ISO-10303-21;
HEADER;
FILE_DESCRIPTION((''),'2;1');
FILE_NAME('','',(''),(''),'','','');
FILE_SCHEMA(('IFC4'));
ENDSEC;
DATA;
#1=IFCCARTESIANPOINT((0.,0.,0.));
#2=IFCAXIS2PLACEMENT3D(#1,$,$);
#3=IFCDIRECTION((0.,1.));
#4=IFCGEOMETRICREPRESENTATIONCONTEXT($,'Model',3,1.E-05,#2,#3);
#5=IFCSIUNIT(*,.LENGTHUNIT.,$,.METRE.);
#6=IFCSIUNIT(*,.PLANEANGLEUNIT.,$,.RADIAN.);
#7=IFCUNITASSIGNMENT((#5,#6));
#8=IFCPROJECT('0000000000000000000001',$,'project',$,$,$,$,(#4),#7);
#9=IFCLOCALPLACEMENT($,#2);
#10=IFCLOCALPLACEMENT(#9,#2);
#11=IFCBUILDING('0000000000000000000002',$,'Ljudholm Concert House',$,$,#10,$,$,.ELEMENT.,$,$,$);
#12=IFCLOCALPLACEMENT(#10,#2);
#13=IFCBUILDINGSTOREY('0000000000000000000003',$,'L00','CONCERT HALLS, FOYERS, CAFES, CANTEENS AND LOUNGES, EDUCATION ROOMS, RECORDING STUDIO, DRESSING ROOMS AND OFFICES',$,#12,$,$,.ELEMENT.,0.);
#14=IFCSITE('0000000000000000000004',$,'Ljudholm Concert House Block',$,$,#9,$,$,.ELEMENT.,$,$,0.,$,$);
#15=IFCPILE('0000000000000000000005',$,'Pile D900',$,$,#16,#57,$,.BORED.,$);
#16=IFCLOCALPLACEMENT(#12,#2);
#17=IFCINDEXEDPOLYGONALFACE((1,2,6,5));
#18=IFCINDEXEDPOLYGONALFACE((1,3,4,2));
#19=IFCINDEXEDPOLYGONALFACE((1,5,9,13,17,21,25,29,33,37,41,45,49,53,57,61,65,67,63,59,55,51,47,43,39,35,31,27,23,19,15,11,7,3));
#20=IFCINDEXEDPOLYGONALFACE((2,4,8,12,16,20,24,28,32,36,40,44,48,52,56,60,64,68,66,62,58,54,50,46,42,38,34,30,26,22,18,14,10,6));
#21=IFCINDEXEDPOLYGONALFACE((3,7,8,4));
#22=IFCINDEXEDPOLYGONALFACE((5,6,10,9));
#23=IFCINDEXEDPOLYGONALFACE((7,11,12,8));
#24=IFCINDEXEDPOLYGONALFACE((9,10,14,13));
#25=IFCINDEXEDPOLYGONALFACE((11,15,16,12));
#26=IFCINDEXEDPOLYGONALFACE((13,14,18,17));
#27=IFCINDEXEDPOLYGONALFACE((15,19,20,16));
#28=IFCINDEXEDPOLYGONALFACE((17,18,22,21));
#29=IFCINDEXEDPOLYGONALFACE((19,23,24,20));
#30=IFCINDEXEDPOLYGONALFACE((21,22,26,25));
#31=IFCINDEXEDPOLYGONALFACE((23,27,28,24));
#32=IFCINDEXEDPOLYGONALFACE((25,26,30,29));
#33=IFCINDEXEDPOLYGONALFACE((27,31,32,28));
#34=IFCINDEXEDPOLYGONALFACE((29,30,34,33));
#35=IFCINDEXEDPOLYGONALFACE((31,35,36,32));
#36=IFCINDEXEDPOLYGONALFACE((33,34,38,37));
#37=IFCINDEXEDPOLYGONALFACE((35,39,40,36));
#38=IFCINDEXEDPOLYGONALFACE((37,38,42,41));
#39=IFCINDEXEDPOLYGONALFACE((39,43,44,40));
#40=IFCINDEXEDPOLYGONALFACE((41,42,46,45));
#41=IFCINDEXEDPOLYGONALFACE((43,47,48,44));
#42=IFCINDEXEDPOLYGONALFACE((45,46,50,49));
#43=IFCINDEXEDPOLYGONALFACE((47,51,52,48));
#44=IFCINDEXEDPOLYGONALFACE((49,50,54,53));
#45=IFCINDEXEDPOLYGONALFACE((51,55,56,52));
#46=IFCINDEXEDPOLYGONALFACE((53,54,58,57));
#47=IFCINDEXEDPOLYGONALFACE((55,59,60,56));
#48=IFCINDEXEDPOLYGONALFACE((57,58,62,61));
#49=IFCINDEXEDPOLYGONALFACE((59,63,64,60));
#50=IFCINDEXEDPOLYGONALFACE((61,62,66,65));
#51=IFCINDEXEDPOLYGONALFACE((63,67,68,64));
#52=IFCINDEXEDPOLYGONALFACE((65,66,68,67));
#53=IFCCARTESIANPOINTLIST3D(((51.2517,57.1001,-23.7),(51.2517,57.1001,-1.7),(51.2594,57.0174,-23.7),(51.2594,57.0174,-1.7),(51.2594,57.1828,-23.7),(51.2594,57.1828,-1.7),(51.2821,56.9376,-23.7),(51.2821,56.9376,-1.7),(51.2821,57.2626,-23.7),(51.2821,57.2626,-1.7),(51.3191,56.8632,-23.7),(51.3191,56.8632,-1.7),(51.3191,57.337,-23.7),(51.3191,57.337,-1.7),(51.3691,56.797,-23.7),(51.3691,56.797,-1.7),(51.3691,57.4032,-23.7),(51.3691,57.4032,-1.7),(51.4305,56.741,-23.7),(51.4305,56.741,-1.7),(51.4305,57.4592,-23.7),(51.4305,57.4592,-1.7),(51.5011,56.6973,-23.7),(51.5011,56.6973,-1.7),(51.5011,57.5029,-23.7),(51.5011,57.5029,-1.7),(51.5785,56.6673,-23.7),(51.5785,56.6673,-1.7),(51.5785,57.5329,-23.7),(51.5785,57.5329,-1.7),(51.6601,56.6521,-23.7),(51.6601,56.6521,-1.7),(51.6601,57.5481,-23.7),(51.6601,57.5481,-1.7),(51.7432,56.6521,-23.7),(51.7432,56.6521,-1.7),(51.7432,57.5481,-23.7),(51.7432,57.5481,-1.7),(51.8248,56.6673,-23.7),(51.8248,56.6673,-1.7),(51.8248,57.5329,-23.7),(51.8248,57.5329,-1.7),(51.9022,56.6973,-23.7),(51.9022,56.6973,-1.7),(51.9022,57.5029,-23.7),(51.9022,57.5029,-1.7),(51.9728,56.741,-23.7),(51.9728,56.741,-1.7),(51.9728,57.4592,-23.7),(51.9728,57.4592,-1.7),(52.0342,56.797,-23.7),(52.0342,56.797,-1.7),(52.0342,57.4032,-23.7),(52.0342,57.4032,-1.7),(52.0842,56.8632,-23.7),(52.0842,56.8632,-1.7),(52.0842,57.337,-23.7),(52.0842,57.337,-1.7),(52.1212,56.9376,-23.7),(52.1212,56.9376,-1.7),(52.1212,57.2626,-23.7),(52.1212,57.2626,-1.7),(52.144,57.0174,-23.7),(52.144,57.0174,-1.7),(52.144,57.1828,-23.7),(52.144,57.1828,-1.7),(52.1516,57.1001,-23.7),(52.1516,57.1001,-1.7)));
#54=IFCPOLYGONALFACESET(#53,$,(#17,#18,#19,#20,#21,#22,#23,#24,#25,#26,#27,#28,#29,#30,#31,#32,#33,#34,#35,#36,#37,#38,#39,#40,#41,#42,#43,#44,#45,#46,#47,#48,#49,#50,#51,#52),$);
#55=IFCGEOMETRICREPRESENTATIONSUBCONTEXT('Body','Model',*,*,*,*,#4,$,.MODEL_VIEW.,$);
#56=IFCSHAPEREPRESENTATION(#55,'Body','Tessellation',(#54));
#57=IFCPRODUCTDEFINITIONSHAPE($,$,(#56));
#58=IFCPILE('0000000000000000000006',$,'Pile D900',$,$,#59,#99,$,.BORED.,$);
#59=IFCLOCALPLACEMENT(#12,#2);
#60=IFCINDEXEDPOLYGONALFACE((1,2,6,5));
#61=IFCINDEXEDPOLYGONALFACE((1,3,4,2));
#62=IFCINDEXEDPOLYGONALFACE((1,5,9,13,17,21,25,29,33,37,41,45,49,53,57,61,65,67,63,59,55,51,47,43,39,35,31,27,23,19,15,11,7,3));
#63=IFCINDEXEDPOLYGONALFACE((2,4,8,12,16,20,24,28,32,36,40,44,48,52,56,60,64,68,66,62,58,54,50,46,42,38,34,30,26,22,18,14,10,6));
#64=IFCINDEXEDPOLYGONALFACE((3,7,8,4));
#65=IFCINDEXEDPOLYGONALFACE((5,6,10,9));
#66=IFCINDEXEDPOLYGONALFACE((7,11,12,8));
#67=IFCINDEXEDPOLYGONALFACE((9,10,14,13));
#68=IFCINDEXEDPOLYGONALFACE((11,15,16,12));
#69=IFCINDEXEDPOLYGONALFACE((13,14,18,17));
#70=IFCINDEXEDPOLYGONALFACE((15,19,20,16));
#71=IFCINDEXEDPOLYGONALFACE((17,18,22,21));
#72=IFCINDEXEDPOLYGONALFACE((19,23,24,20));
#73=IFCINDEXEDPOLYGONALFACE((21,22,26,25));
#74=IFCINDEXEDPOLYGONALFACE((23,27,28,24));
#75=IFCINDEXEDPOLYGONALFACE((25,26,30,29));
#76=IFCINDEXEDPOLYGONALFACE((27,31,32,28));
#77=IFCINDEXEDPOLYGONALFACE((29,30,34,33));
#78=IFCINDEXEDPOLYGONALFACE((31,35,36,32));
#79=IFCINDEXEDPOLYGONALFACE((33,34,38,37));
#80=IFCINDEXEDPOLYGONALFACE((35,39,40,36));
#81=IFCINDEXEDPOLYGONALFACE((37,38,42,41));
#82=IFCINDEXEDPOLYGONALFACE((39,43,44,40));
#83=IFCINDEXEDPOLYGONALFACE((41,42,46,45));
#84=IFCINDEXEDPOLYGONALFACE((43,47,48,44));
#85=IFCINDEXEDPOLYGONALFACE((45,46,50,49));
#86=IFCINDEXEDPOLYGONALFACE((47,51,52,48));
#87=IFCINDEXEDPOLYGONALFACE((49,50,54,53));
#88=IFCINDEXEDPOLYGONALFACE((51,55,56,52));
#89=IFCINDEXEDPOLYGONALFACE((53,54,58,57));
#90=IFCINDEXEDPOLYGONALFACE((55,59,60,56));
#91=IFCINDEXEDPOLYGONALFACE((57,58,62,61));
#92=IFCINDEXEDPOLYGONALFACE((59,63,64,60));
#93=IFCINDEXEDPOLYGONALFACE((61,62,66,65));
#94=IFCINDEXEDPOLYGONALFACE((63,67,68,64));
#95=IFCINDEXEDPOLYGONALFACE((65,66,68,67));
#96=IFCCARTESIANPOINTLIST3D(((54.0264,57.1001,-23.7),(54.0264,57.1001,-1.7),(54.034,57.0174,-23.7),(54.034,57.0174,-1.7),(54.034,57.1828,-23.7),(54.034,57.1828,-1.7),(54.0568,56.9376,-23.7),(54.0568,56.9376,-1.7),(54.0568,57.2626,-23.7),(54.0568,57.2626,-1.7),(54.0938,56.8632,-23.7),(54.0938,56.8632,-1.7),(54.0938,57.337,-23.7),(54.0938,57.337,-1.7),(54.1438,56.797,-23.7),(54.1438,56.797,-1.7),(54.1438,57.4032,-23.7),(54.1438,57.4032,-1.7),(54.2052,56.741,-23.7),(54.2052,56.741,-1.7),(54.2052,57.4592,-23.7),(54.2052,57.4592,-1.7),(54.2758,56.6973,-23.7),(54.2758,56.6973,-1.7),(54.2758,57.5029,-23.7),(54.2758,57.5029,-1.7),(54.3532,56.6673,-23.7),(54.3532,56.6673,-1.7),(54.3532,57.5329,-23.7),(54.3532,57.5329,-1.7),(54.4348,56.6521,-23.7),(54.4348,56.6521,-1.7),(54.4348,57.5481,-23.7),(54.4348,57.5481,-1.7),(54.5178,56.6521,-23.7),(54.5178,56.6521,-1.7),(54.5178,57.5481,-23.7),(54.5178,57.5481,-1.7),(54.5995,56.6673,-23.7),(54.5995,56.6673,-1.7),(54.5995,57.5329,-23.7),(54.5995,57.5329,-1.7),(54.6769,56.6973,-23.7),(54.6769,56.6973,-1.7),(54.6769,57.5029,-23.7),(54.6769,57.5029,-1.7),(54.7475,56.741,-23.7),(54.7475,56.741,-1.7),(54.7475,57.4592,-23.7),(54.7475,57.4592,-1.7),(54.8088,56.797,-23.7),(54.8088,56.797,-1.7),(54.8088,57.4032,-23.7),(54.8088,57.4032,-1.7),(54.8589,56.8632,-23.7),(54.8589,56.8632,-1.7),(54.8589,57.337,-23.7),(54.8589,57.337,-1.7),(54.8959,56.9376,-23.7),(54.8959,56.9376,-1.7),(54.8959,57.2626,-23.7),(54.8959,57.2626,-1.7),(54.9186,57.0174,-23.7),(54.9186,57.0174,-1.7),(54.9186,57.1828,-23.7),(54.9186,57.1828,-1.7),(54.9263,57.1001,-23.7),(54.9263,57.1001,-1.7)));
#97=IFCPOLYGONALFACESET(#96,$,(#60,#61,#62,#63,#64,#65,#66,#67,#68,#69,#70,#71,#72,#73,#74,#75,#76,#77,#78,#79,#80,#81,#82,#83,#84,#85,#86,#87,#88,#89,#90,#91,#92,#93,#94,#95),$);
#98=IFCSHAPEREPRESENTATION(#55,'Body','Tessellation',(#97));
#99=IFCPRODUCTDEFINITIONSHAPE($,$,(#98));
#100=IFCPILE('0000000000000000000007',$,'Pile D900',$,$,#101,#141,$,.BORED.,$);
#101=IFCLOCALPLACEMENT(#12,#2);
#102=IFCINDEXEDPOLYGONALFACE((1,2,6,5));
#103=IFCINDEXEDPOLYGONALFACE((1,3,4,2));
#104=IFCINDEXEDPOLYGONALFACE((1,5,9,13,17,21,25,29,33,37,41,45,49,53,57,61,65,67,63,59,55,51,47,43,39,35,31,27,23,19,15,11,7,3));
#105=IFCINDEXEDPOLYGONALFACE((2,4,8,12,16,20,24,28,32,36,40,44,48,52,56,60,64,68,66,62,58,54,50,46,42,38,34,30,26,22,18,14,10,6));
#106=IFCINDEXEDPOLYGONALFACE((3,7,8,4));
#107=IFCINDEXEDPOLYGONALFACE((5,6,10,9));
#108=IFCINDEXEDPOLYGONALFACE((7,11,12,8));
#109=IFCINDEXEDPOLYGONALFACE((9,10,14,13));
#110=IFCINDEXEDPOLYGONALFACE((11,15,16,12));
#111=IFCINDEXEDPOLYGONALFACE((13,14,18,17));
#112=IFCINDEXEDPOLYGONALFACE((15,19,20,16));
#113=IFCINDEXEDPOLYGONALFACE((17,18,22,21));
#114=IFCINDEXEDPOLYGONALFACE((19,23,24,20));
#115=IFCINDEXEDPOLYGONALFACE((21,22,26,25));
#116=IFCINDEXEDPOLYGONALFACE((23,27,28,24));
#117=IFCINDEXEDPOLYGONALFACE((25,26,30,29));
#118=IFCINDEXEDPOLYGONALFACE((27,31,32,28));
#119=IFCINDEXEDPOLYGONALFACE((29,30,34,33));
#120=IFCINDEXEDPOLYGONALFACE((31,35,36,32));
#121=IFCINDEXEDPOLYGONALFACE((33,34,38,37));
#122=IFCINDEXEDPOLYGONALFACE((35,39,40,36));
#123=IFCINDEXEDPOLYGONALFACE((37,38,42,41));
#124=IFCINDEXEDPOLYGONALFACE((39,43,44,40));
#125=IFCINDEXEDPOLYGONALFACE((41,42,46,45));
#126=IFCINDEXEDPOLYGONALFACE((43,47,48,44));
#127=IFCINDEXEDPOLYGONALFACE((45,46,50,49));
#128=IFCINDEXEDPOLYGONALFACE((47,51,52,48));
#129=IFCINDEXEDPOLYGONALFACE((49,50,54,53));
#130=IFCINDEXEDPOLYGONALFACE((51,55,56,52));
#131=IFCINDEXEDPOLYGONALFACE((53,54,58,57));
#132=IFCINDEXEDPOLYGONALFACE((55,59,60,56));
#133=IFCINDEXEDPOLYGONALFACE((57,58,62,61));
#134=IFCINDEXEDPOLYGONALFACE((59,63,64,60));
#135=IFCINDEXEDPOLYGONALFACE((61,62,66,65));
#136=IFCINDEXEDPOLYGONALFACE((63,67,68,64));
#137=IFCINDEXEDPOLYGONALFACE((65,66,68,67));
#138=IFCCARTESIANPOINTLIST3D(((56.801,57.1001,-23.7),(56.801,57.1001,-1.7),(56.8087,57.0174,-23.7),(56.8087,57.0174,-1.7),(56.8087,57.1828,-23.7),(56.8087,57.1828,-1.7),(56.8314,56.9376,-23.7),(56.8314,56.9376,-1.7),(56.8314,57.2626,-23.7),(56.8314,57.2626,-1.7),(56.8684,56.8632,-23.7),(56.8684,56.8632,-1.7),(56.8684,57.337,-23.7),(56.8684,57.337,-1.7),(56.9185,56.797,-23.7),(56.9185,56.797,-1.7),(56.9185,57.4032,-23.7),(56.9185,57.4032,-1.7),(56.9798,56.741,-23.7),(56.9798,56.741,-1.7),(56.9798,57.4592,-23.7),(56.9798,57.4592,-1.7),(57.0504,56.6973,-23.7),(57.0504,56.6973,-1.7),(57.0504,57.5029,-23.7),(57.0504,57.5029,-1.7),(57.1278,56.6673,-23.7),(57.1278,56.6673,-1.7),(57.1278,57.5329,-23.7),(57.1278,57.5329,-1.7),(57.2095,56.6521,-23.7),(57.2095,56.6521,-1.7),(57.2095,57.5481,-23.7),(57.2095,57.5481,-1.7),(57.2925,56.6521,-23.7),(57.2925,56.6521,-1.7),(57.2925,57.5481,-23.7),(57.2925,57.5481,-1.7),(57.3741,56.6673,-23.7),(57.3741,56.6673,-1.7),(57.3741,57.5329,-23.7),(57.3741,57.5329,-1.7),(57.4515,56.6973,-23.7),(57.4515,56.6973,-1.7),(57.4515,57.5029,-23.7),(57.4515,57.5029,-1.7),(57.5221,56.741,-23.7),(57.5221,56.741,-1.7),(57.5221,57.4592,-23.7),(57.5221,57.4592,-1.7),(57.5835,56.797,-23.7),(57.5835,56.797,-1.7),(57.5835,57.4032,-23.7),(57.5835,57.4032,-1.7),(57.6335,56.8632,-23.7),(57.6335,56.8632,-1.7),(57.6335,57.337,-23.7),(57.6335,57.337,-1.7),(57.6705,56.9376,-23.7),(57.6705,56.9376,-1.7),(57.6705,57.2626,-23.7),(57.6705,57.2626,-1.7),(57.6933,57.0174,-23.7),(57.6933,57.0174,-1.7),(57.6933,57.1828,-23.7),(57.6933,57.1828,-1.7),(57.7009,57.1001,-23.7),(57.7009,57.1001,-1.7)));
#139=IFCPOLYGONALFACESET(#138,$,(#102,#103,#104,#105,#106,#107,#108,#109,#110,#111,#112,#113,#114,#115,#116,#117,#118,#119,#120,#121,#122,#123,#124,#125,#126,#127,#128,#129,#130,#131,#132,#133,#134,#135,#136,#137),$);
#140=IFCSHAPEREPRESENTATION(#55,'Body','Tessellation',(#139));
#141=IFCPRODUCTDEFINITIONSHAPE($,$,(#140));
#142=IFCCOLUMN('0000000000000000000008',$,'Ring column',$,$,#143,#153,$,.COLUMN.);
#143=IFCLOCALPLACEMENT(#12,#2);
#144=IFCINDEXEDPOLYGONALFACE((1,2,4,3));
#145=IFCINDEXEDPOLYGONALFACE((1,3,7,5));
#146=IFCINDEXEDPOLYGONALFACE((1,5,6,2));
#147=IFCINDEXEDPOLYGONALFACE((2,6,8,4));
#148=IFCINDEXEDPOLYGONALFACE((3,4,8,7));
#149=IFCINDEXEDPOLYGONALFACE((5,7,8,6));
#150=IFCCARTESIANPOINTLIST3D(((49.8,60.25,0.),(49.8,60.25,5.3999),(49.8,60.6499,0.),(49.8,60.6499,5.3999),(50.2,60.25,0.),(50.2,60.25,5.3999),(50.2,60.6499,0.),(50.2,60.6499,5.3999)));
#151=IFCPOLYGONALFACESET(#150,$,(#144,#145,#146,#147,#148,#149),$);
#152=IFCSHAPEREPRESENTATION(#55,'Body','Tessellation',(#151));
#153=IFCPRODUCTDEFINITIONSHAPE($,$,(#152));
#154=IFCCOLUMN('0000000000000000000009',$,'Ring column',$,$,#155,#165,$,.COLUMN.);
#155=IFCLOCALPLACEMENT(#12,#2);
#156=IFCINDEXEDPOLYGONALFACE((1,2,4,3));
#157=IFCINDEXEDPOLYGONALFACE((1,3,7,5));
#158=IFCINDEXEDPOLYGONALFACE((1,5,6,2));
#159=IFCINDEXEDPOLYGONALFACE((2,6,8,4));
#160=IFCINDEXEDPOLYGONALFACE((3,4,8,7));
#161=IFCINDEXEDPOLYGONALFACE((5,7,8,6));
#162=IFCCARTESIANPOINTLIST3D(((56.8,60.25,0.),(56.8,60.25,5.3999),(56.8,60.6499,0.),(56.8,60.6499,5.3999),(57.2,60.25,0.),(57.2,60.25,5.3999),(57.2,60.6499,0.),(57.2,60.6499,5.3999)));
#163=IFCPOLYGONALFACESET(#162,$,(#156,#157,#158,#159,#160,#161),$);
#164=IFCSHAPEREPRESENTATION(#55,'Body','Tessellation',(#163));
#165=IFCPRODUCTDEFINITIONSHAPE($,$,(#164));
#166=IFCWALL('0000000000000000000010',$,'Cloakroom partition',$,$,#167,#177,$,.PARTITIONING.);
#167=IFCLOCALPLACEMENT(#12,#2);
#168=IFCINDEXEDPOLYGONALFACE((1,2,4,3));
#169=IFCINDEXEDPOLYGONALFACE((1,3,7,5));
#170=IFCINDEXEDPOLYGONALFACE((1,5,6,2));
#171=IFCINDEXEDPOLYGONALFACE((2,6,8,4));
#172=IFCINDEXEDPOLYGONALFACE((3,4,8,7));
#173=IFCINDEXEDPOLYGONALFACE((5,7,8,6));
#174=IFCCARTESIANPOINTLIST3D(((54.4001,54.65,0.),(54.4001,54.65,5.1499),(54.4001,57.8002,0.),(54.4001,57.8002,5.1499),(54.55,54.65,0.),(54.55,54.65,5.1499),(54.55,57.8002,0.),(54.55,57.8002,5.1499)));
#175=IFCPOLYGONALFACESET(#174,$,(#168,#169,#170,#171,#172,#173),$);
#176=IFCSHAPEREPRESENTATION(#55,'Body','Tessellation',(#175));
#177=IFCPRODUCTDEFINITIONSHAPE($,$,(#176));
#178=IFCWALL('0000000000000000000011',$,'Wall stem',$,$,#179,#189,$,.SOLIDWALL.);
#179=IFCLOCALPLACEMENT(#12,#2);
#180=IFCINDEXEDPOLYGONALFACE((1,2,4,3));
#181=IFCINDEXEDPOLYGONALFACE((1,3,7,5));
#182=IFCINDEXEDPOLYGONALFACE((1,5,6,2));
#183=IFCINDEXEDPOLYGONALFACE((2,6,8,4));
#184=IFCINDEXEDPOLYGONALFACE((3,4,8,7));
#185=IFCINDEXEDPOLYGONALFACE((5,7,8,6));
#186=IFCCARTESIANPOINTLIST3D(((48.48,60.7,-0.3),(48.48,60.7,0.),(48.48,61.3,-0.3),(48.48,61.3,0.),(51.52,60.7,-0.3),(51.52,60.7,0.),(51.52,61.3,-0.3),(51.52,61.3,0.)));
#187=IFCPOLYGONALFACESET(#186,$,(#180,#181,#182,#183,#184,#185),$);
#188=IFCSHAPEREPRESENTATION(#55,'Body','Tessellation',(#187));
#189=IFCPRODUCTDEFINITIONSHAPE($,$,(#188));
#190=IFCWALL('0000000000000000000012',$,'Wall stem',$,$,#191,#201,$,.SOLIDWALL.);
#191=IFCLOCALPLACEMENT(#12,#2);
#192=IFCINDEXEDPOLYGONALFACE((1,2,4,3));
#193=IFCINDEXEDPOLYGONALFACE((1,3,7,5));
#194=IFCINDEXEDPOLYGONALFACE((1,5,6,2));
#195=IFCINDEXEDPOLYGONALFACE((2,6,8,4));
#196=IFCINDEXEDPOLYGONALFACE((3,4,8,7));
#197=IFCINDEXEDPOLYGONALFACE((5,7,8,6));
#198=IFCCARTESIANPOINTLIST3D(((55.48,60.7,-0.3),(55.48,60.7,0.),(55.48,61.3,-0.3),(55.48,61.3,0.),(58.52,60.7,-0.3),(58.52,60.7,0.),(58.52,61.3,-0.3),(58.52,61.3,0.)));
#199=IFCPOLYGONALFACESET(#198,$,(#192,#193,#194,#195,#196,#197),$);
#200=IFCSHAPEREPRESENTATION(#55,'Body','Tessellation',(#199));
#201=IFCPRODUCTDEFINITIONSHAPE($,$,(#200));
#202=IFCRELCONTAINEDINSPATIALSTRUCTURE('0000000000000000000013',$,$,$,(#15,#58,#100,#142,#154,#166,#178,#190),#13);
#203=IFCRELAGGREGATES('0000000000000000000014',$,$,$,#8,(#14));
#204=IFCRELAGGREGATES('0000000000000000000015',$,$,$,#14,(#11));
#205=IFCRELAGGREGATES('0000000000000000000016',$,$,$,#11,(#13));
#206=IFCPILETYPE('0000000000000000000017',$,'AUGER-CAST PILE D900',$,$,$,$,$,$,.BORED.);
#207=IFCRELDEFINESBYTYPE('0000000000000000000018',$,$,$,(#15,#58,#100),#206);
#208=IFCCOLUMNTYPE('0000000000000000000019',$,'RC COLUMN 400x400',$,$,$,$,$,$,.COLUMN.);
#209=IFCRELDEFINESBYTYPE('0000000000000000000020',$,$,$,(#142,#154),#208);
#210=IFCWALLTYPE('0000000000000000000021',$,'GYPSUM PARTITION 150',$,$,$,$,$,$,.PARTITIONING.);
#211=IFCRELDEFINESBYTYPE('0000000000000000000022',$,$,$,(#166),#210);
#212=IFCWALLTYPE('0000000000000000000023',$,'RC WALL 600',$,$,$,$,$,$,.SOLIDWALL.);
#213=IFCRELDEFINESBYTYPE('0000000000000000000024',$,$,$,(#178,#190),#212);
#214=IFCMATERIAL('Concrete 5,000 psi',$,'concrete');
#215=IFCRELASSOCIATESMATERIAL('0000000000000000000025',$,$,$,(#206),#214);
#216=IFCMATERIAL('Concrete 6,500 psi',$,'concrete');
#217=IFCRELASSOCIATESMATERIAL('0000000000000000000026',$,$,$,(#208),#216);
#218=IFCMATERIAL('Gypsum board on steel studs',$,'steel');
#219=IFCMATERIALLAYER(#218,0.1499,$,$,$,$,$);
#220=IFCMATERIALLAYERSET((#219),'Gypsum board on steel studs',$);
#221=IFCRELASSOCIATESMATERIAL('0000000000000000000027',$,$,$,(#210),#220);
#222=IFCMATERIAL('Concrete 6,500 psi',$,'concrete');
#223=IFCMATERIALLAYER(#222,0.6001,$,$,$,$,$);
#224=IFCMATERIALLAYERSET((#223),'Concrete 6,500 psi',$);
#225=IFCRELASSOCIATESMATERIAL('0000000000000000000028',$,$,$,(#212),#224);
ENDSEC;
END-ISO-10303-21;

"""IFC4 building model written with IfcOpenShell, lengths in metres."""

from ifc_helpers import new_model, si_unit, direction, frame, frame_2d, origin, origin_2d, place, context, subcontext, project, spatial, rectangle, circle, extrude, material, layer, layer_set, material_profile, profile_set, type_object, element, save


model = new_model("IFC4")

# Units and contexts
model_context = context("Model", 3, precision=1e-05, world=origin(), true_north=direction((0.0, 1.0)))
body_context = subcontext(model_context, "Body", "Model", "MODEL_VIEW")
ifc_project = project(units=[si_unit("LENGTHUNIT", "METRE"), si_unit("PLANEANGLEUNIT", "RADIAN")], contexts=[model_context])

# Site, building, storey
site_placement = place(None, origin())
site = spatial("IfcSite", under=ifc_project, at=site_placement, Name="Ljudholm Concert House Block", CompositionType="ELEMENT", RefElevation=0.0)
building_placement = place(site_placement, origin())
building = spatial("IfcBuilding", under=site, at=building_placement, Name="Ljudholm Concert House", CompositionType="ELEMENT")
storey_placement = place(building_placement, origin())
storey = spatial("IfcBuildingStorey", under=building, at=storey_placement, Name="L00", Description="CONCERT HALLS, FOYERS, CAFES, CANTEENS AND LOUNGES, EDUCATION ROOMS, RECORDING STUDIO, DRESSING ROOMS AND OFFICES", CompositionType="ELEMENT", Elevation=0.0)

# Piles
ifc_material_1 = material(Name="Concrete 5,000 psi", Category="concrete")
ifc_material_profile_1 = material_profile(ifc_material_1, circle(Radius=0.45, at=origin_2d()), Name="AUGER-CAST PILE D900")
ifc_profile_set_1 = profile_set([ifc_material_profile_1], Name="Concrete 5,000 psi")
pile_type_1 = type_object("IfcPileType", Name="AUGER-CAST PILE D900", PredefinedType="BORED", material=ifc_profile_set_1)
for number, where, z_axis, x_axis, name in (
    (1, (51.7017, 57.1001, -1.7), (0.0, 0.0, -1.0), (1.0, 0.0, 0.0), "Pile D900"),
    (2, (54.4763, 57.1001, -1.7), (0.0, 0.0, -1.0), (1.0, 0.0, 0.0), "Pile D900"),
    (3, (57.251, 57.1001, -1.7), (0.0, 0.0, -1.0), (1.0, 0.0, 0.0), "Pile D900"),
):
    element("IfcPile", number, at=place(storey_placement, frame(where, z_axis=z_axis, x_axis=x_axis)), inside=storey, type_object=pile_type_1, Name=name, PredefinedType="BORED", context=body_context, shape_type="SweptSolid", body=[
        extrude(circle(Radius=0.45, at=origin_2d()), origin(), (0.0, 0.0, 1.0), 22.0),
    ])

# Columns
ifc_material_2 = material(Name="Concrete 6,500 psi", Category="concrete")
ifc_material_profile_2 = material_profile(ifc_material_2, rectangle(XDim=0.3999, YDim=0.3999, at=origin_2d()), Name="RC COLUMN 400x400")
ifc_profile_set_2 = profile_set([ifc_material_profile_2], Name="Concrete 6,500 psi")
column_type = type_object("IfcColumnType", Name="RC COLUMN 400x400", PredefinedType="COLUMN", material=ifc_profile_set_2)
for number, where, z_axis, x_axis, name in (
    (4, (50.0, 60.45, 0.0), (0.0, 0.0, 1.0), (1.0, 0.0, 0.0), "Ring column"),
    (5, (57.0, 60.45, 0.0), (0.0, 0.0, 1.0), (1.0, 0.0, 0.0), "Ring column"),
):
    element("IfcColumn", number, at=place(storey_placement, frame(where, z_axis=z_axis, x_axis=x_axis)), inside=storey, type_object=column_type, Name=name, PredefinedType="COLUMN", context=body_context, shape_type="SweptSolid", body=[
        extrude(rectangle(XDim=0.3999, YDim=0.3999, at=origin_2d()), origin(), (0.0, 0.0, 1.0), 5.3999),
    ])

# Walls
ifc_material_3 = material(Name="Gypsum board on steel studs", Category="steel")
ifc_layer_1 = layer(ifc_material_3, 0.1499)
ifc_layer_set_1 = layer_set([ifc_layer_1], Name="Gypsum board on steel studs")
wall_type_1 = type_object("IfcWallType", Name="GYPSUM PARTITION 150", PredefinedType="PARTITIONING", material=ifc_layer_set_1)
wall_1_placement = place(storey_placement, frame((54.4751, 54.6499, 0.0), z_axis=(0.0, 0.0, 1.0), x_axis=(0.0, 1.0, 0.0)))
element("IfcWall", 6, at=wall_1_placement, inside=storey, type_object=wall_type_1, Name="Cloakroom partition", PredefinedType="PARTITIONING", context=body_context, shape_type="SweptSolid", body=[
    extrude(rectangle(XDim=3.1501, YDim=0.1499, at=frame_2d((1.5752, 0.0))), origin(), (0.0, 0.0, 1.0), 5.1499),
])
ifc_material_4 = material(Name="Concrete 6,500 psi", Category="concrete")
ifc_layer_2 = layer(ifc_material_4, 0.6001)
ifc_layer_set_2 = layer_set([ifc_layer_2], Name="Concrete 6,500 psi")
wall_type_2 = type_object("IfcWallType", Name="RC WALL 600", PredefinedType="SOLIDWALL", material=ifc_layer_set_2)
for number, where, z_axis, x_axis, name in (
    (7, (48.48, 61.0, -0.3), (0.0, 0.0, 1.0), (1.0, 0.0, 0.0), "Wall stem"),
    (8, (55.48, 61.0, -0.3), (0.0, 0.0, 1.0), (1.0, 0.0, 0.0), "Wall stem"),
):
    element("IfcWall", number, at=place(storey_placement, frame(where, z_axis=z_axis, x_axis=x_axis)), inside=storey, type_object=wall_type_2, Name=name, PredefinedType="SOLIDWALL", context=body_context, shape_type="SweptSolid", body=[
        extrude(rectangle(XDim=3.04, YDim=0.6001, at=frame_2d((1.52, 0.0))), origin(), (0.0, 0.0, 1.0), 0.3),
    ])

save(model, "model.ifc")
